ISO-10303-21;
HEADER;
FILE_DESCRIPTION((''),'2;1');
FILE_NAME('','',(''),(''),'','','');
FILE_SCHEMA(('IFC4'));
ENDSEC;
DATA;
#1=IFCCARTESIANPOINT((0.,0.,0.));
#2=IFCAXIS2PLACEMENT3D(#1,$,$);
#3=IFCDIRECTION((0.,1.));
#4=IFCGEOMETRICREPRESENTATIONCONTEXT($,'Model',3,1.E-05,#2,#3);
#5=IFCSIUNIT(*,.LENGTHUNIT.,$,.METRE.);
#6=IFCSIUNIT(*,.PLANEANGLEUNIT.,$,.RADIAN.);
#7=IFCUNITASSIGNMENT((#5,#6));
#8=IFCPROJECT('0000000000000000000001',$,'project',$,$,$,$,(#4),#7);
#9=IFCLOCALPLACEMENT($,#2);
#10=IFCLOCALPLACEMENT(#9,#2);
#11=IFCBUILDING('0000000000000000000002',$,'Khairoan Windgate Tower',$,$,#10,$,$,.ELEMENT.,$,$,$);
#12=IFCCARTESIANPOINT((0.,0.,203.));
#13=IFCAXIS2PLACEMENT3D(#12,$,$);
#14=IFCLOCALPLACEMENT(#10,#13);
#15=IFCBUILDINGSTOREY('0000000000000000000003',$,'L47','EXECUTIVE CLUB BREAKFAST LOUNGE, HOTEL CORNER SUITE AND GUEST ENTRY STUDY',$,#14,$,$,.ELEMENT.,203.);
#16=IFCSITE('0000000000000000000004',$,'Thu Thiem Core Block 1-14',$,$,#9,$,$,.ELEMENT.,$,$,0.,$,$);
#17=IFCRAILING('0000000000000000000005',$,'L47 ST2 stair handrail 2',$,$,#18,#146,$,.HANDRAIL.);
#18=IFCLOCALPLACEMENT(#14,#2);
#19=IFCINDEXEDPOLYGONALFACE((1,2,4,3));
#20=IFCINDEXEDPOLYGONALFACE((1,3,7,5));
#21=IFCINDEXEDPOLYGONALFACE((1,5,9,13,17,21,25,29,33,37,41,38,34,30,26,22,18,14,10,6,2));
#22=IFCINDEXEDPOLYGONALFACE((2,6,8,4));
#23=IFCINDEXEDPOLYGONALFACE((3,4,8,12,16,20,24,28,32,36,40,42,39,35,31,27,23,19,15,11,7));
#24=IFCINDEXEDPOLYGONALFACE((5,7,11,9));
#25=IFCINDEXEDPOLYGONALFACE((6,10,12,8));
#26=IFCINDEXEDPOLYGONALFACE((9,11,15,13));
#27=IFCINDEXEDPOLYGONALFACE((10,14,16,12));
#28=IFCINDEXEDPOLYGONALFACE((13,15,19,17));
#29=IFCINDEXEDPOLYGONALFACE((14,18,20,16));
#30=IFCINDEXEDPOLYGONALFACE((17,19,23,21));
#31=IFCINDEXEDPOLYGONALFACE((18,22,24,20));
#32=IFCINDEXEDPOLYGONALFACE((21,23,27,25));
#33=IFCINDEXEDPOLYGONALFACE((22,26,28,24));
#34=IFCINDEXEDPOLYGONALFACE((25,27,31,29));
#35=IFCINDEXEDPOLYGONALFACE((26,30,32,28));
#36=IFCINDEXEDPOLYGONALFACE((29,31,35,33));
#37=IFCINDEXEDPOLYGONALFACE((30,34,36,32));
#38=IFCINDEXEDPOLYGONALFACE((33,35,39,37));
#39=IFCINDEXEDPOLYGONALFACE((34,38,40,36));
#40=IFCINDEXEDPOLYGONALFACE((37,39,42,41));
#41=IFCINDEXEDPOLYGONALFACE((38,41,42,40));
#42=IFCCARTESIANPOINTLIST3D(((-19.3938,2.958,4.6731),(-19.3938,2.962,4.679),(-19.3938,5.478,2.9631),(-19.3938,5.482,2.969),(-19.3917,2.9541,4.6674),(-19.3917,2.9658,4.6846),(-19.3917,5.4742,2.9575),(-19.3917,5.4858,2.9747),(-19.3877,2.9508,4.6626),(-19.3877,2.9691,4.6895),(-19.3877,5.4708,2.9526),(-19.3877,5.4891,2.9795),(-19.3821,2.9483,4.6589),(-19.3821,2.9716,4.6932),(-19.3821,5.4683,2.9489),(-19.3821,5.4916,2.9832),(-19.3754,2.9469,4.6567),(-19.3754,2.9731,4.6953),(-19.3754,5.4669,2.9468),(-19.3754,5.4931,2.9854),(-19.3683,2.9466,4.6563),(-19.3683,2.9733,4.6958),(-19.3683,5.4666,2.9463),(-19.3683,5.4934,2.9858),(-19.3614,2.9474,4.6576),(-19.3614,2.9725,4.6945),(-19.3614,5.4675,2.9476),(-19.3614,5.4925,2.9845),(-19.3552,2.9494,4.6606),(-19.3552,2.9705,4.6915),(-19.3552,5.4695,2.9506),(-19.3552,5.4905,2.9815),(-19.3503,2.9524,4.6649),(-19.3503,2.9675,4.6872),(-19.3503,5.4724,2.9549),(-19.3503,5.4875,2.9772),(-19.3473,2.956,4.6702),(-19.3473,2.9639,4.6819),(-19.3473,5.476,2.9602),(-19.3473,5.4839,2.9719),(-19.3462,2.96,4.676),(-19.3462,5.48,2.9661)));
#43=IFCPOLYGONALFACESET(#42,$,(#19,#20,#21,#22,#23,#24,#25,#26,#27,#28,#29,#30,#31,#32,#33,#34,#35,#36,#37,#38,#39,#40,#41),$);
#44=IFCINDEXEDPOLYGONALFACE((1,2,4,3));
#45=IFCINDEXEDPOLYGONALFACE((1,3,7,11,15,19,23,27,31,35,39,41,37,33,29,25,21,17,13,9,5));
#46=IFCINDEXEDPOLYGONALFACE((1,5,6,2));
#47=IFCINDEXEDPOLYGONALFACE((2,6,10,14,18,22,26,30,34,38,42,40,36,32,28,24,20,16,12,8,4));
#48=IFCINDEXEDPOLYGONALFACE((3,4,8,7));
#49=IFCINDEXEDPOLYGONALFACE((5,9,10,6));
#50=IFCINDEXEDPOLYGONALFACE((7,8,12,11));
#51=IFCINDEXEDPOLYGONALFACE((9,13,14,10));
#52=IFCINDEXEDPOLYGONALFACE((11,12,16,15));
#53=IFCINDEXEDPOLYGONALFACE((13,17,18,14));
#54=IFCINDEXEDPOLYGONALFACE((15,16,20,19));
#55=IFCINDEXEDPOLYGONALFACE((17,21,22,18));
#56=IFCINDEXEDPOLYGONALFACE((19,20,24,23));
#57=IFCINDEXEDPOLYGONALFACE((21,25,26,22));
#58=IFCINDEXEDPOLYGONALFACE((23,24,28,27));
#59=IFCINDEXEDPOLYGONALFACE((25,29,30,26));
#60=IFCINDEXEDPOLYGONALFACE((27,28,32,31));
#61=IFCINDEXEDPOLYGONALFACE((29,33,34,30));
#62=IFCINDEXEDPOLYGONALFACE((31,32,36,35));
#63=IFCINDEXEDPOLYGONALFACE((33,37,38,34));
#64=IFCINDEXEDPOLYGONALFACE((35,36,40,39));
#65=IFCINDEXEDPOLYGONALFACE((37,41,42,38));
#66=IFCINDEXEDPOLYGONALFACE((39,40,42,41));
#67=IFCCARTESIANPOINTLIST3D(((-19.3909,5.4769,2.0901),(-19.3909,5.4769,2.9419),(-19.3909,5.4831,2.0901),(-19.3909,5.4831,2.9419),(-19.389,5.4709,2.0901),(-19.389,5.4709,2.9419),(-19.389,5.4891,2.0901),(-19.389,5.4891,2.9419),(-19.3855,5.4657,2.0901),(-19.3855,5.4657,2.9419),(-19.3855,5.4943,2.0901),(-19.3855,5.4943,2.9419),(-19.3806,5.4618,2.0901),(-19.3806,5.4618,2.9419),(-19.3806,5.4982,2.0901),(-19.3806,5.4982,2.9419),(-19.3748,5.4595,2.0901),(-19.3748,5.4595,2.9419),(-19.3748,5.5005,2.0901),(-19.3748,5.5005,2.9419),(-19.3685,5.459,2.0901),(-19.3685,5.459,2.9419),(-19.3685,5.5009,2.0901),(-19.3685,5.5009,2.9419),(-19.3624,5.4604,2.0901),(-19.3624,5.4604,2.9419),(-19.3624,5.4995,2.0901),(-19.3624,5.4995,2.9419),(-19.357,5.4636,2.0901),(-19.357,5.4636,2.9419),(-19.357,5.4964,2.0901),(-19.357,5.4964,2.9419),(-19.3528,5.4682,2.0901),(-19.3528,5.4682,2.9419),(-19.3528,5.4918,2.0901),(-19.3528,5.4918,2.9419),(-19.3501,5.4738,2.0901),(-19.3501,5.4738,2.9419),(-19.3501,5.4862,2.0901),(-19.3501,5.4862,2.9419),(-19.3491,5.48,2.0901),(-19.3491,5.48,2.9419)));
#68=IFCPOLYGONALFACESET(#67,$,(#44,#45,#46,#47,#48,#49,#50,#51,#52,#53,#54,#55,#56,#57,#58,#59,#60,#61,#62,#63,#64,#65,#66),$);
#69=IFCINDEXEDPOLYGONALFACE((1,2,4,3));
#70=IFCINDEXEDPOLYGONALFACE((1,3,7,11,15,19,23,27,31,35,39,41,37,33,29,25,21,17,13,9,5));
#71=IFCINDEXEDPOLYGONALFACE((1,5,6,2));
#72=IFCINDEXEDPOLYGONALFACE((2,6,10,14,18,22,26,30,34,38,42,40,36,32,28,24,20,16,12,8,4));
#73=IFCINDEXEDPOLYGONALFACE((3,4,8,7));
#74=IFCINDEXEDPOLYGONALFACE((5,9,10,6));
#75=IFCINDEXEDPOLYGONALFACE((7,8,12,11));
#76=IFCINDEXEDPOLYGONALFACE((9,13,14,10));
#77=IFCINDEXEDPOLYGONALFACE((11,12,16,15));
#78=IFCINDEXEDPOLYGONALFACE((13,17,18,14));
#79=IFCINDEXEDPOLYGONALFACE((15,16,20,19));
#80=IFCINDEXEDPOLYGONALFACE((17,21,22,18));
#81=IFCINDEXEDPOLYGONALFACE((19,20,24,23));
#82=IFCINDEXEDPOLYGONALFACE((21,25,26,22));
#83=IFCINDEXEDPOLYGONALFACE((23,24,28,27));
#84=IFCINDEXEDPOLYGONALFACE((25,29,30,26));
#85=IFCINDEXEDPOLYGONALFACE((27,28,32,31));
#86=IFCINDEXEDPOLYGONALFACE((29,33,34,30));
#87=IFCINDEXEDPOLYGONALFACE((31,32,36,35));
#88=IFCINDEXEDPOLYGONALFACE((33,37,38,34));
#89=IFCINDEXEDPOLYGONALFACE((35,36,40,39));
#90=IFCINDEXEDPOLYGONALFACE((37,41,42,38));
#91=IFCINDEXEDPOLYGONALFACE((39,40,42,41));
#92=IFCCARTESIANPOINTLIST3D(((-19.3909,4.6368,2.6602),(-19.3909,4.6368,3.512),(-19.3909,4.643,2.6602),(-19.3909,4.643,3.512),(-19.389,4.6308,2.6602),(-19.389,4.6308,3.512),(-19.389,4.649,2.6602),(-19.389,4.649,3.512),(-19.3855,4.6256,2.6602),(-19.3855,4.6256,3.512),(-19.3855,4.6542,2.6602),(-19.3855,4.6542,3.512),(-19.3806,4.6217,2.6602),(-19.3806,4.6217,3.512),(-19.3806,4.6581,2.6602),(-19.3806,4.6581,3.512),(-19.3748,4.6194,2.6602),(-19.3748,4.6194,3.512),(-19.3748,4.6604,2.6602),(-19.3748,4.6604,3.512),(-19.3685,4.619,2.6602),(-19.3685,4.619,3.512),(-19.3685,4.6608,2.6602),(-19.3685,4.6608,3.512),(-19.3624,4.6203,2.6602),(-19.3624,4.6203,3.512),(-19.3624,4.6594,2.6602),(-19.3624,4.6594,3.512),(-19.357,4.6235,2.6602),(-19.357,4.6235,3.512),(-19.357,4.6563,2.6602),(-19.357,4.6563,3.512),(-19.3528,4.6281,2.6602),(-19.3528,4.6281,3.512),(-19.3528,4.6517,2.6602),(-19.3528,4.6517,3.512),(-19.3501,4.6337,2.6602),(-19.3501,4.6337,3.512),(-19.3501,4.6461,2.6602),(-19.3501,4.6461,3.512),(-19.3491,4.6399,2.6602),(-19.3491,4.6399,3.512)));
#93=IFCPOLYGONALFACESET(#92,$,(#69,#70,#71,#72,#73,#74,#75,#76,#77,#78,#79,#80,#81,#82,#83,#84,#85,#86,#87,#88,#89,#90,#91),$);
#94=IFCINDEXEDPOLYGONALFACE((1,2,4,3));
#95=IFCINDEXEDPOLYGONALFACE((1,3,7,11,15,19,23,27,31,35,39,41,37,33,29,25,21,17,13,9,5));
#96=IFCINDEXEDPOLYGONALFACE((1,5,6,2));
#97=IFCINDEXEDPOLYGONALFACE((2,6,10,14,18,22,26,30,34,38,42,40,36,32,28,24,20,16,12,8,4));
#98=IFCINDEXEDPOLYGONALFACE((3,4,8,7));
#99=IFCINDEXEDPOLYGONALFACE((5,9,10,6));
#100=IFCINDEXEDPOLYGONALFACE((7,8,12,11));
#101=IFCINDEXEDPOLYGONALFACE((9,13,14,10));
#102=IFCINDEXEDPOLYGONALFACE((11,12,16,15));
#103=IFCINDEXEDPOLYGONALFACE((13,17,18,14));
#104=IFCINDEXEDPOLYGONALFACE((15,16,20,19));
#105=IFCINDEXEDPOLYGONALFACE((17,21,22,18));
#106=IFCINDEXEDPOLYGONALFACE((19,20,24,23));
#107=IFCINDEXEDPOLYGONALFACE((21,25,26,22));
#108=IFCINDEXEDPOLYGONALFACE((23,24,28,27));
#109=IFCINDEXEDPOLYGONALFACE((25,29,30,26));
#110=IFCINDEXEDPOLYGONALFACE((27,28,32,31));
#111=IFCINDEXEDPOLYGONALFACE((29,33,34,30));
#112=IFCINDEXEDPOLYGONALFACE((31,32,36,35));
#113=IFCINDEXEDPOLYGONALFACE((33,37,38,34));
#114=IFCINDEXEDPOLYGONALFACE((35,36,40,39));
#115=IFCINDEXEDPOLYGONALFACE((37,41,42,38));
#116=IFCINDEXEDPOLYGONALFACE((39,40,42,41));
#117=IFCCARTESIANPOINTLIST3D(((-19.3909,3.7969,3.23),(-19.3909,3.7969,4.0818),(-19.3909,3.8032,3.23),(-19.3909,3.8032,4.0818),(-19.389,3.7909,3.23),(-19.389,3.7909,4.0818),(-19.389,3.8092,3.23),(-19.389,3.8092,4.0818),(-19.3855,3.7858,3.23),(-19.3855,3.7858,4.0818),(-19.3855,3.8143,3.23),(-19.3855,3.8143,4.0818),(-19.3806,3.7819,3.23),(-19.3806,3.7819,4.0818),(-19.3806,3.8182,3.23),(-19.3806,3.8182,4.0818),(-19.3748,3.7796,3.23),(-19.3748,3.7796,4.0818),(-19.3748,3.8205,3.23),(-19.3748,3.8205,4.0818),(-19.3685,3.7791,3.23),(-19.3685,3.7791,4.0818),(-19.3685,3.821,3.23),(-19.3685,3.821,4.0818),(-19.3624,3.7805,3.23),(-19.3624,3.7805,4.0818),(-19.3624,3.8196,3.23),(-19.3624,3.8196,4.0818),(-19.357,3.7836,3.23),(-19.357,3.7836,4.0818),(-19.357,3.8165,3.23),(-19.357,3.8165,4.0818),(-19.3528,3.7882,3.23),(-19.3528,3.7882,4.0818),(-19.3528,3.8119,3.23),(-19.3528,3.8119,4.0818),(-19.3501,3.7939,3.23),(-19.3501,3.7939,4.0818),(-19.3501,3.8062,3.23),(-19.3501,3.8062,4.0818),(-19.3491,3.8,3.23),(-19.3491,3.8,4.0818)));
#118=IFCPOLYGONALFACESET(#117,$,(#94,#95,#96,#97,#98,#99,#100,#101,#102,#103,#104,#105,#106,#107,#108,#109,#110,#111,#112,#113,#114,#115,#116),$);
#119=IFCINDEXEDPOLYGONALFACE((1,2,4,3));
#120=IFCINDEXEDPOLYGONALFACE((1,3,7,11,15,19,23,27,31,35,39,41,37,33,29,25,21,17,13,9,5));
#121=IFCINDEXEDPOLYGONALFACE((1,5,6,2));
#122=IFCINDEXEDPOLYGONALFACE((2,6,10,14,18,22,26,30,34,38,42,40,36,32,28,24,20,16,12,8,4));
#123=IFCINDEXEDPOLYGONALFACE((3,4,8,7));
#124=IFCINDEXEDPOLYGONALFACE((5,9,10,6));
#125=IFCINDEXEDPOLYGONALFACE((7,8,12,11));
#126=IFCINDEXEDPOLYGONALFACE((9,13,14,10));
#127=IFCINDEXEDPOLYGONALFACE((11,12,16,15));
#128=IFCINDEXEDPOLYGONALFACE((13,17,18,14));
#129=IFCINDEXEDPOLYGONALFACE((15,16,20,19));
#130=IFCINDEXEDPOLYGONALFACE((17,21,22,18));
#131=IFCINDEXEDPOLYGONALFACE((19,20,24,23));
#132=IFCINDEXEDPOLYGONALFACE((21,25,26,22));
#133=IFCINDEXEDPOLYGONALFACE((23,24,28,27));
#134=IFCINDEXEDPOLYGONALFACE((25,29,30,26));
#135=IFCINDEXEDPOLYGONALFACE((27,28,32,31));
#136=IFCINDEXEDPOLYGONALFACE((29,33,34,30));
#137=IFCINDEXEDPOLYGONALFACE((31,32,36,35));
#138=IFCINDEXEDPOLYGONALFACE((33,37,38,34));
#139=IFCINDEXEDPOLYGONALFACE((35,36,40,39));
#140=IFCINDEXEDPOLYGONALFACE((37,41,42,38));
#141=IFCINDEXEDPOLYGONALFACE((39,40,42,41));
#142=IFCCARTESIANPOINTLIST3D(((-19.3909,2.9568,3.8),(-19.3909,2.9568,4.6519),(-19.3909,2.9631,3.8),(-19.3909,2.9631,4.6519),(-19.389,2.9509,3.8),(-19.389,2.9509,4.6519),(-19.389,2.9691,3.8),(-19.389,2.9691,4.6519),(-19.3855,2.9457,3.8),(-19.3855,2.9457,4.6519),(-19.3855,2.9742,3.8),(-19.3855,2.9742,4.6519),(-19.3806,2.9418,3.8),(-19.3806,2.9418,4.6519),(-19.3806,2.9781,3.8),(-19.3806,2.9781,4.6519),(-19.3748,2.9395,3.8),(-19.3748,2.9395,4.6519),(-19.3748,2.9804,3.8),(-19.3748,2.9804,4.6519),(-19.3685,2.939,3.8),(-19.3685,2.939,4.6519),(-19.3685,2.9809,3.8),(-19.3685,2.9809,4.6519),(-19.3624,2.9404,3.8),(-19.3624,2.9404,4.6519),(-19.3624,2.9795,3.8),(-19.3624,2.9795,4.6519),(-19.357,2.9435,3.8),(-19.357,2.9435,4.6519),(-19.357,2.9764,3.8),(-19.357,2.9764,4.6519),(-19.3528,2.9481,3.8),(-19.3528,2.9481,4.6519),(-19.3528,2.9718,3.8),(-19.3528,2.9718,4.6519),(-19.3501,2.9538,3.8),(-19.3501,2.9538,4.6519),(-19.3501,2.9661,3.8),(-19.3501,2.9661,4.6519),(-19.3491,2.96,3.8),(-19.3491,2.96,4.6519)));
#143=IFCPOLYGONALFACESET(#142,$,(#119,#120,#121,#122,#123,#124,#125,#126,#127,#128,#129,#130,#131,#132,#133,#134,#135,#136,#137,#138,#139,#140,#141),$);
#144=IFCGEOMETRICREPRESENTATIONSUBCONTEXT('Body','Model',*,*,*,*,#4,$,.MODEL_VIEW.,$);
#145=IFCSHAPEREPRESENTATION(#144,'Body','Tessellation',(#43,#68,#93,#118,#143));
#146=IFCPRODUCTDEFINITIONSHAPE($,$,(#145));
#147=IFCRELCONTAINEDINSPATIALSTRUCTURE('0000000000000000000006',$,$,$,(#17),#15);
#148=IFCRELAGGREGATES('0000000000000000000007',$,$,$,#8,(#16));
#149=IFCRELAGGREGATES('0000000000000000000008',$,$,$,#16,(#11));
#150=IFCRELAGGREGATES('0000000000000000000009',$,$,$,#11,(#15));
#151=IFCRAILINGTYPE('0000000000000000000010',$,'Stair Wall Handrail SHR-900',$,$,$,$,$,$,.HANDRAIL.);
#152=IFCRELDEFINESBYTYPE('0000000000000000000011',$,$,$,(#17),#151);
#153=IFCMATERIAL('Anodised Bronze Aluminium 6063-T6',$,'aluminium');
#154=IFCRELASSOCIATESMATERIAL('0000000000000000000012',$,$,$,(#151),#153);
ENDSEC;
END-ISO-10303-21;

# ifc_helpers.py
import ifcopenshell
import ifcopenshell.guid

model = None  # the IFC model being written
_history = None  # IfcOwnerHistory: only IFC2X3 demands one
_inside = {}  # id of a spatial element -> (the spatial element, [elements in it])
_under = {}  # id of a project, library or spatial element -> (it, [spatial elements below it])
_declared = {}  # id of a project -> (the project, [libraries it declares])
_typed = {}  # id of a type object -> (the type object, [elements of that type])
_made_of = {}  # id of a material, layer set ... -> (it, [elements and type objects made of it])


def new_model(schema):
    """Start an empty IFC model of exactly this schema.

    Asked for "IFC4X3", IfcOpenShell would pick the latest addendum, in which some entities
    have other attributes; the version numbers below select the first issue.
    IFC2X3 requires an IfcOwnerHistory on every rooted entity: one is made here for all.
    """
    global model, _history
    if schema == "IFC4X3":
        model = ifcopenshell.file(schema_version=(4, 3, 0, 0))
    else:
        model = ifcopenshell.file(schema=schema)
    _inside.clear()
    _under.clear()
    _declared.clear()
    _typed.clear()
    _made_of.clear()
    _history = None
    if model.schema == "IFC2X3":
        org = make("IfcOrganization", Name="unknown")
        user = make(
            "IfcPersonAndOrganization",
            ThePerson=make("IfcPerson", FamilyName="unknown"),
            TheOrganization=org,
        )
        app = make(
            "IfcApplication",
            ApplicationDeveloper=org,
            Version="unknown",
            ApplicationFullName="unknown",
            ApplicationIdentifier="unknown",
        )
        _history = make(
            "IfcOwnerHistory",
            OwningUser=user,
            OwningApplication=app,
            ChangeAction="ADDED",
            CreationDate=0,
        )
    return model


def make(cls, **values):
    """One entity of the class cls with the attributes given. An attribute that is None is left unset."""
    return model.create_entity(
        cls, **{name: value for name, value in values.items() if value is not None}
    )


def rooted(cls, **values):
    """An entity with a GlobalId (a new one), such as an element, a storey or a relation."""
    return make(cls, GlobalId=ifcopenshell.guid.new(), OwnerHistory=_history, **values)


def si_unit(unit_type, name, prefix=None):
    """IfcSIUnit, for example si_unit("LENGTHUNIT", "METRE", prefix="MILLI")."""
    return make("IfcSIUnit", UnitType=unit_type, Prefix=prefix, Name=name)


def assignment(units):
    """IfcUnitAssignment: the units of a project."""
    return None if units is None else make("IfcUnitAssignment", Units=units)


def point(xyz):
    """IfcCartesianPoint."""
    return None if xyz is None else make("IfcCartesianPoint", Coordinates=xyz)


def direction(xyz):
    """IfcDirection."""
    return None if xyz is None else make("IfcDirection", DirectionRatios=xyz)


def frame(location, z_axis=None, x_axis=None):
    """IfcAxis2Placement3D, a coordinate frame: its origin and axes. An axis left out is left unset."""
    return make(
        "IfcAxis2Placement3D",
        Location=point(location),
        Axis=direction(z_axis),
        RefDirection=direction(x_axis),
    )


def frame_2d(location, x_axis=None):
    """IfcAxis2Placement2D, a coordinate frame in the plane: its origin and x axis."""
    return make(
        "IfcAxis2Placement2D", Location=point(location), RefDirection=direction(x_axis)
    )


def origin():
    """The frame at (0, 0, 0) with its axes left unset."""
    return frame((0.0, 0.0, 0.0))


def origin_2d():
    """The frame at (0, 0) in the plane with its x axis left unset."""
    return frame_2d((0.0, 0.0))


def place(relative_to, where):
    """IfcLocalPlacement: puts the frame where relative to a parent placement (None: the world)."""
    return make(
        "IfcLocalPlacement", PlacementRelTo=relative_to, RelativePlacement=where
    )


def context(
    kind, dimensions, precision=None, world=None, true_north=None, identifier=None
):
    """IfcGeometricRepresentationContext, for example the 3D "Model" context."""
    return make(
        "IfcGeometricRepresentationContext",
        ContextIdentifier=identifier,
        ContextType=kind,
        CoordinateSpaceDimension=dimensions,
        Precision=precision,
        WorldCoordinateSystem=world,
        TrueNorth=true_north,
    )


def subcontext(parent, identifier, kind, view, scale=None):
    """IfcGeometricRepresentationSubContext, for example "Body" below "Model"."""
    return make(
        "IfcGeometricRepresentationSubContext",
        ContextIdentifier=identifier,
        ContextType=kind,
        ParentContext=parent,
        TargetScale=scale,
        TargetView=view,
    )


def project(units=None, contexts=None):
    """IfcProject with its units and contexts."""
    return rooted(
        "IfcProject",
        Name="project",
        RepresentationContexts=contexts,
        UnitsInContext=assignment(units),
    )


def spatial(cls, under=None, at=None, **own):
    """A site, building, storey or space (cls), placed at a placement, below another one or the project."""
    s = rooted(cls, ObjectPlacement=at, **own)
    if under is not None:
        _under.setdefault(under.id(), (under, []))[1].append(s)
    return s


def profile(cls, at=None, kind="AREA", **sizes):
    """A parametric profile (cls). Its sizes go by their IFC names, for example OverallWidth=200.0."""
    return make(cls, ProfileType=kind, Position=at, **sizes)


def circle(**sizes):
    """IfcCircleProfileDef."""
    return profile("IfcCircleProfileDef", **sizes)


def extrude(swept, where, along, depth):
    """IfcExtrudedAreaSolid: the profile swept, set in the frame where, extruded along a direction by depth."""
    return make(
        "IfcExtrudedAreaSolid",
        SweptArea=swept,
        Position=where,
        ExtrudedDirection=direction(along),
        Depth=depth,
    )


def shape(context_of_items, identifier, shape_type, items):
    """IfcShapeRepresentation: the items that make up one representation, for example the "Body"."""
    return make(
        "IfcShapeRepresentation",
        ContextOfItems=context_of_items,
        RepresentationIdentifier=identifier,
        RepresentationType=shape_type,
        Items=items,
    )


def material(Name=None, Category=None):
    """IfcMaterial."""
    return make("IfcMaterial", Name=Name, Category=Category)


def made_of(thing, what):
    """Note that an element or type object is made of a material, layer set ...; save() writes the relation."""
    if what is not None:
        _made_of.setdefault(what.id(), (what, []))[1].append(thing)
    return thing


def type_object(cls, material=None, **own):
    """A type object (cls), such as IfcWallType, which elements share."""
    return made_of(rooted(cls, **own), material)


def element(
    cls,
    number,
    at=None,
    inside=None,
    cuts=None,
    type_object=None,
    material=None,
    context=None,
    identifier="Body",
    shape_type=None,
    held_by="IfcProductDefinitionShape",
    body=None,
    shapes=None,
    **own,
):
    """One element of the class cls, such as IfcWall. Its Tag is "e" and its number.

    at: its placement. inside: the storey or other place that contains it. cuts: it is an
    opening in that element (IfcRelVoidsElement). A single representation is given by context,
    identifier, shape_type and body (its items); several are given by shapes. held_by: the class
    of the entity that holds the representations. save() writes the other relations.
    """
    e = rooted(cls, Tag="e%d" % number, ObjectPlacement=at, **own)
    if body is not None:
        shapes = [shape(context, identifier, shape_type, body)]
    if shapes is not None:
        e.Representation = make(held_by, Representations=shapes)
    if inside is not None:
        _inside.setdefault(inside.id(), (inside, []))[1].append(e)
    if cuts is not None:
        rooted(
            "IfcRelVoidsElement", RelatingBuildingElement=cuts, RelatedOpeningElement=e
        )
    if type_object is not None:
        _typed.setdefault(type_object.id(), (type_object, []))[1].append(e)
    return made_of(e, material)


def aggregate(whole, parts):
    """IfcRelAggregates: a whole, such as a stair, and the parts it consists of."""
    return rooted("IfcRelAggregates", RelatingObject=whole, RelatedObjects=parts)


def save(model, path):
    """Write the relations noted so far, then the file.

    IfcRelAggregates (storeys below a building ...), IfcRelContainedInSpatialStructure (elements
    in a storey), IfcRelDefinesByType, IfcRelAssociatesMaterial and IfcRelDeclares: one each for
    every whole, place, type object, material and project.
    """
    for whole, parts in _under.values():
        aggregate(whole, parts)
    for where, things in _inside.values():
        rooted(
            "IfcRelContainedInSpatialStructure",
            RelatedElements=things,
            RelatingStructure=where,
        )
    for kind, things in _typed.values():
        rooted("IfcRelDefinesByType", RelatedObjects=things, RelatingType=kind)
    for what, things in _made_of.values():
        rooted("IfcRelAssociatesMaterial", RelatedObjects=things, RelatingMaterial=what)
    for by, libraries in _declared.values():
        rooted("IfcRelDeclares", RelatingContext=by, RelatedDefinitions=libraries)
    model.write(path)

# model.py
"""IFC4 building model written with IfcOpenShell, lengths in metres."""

from ifc_helpers import new_model, si_unit, direction, frame, origin, origin_2d, place, context, subcontext, project, spatial, circle, extrude, material, type_object, element, save


model = new_model("IFC4")

# Units and contexts
model_context = context("Model", 3, precision=1e-05, world=origin(), true_north=direction((0.0, 1.0)))
body_context = subcontext(model_context, "Body", "Model", "MODEL_VIEW")
ifc_project = project(units=[si_unit("LENGTHUNIT", "METRE"), si_unit("PLANEANGLEUNIT", "RADIAN")], contexts=[model_context])

# Site, building, storey
site_placement = place(None, origin())
site = spatial("IfcSite", under=ifc_project, at=site_placement, Name="Thu Thiem Core Block 1-14", CompositionType="ELEMENT", RefElevation=0.0)
building_placement = place(site_placement, origin())
building = spatial("IfcBuilding", under=site, at=building_placement, Name="Khairoan Windgate Tower", CompositionType="ELEMENT")
storey_placement = place(building_placement, frame((0.0, 0.0, 203.0)))
storey = spatial("IfcBuildingStorey", under=building, at=storey_placement, Name="L47", Description="EXECUTIVE CLUB BREAKFAST LOUNGE, HOTEL CORNER SUITE AND GUEST ENTRY STUDY", CompositionType="ELEMENT", Elevation=203.0)

# Railing
ifc_material_1 = material(Name="Anodised Bronze Aluminium 6063-T6", Category="aluminium")
railing_type_1 = type_object("IfcRailingType", Name="Stair Wall Handrail SHR-900", PredefinedType="HANDRAIL", material=ifc_material_1)
railing_1_placement = place(storey_placement, frame((-19.3701, 5.48, 2.0901)))
element("IfcRailing", 1, at=railing_1_placement, inside=storey, type_object=railing_type_1, Name="L47 ST2 stair handrail 2", PredefinedType="HANDRAIL", context=body_context, shape_type="SweptSolid", body=[
    extrude(circle(Radius=0.0239, at=origin_2d()), frame((0.0, 0.0, 0.876), z_axis=(0.0, -0.827484, 0.56149), x_axis=(1.0, 0.0, 0.0)), (0.0, 0.0, 1.0), 3.0454),
    extrude(circle(Radius=0.021, at=origin_2d()), origin(), (0.0, 0.0, 1.0), 0.8518),
    extrude(circle(Radius=0.021, at=origin_2d()), frame((0.0, -0.8401, 0.5701)), (0.0, 0.0, 1.0), 0.8518),
    extrude(circle(Radius=0.021, at=origin_2d()), frame((0.0, -1.6799, 1.1399)), (0.0, 0.0, 1.0), 0.8518),
    extrude(circle(Radius=0.021, at=origin_2d()), frame((0.0, -2.52, 1.71)), (0.0, 0.0, 1.0), 0.8518),
])

save(model, "model.ifc")
